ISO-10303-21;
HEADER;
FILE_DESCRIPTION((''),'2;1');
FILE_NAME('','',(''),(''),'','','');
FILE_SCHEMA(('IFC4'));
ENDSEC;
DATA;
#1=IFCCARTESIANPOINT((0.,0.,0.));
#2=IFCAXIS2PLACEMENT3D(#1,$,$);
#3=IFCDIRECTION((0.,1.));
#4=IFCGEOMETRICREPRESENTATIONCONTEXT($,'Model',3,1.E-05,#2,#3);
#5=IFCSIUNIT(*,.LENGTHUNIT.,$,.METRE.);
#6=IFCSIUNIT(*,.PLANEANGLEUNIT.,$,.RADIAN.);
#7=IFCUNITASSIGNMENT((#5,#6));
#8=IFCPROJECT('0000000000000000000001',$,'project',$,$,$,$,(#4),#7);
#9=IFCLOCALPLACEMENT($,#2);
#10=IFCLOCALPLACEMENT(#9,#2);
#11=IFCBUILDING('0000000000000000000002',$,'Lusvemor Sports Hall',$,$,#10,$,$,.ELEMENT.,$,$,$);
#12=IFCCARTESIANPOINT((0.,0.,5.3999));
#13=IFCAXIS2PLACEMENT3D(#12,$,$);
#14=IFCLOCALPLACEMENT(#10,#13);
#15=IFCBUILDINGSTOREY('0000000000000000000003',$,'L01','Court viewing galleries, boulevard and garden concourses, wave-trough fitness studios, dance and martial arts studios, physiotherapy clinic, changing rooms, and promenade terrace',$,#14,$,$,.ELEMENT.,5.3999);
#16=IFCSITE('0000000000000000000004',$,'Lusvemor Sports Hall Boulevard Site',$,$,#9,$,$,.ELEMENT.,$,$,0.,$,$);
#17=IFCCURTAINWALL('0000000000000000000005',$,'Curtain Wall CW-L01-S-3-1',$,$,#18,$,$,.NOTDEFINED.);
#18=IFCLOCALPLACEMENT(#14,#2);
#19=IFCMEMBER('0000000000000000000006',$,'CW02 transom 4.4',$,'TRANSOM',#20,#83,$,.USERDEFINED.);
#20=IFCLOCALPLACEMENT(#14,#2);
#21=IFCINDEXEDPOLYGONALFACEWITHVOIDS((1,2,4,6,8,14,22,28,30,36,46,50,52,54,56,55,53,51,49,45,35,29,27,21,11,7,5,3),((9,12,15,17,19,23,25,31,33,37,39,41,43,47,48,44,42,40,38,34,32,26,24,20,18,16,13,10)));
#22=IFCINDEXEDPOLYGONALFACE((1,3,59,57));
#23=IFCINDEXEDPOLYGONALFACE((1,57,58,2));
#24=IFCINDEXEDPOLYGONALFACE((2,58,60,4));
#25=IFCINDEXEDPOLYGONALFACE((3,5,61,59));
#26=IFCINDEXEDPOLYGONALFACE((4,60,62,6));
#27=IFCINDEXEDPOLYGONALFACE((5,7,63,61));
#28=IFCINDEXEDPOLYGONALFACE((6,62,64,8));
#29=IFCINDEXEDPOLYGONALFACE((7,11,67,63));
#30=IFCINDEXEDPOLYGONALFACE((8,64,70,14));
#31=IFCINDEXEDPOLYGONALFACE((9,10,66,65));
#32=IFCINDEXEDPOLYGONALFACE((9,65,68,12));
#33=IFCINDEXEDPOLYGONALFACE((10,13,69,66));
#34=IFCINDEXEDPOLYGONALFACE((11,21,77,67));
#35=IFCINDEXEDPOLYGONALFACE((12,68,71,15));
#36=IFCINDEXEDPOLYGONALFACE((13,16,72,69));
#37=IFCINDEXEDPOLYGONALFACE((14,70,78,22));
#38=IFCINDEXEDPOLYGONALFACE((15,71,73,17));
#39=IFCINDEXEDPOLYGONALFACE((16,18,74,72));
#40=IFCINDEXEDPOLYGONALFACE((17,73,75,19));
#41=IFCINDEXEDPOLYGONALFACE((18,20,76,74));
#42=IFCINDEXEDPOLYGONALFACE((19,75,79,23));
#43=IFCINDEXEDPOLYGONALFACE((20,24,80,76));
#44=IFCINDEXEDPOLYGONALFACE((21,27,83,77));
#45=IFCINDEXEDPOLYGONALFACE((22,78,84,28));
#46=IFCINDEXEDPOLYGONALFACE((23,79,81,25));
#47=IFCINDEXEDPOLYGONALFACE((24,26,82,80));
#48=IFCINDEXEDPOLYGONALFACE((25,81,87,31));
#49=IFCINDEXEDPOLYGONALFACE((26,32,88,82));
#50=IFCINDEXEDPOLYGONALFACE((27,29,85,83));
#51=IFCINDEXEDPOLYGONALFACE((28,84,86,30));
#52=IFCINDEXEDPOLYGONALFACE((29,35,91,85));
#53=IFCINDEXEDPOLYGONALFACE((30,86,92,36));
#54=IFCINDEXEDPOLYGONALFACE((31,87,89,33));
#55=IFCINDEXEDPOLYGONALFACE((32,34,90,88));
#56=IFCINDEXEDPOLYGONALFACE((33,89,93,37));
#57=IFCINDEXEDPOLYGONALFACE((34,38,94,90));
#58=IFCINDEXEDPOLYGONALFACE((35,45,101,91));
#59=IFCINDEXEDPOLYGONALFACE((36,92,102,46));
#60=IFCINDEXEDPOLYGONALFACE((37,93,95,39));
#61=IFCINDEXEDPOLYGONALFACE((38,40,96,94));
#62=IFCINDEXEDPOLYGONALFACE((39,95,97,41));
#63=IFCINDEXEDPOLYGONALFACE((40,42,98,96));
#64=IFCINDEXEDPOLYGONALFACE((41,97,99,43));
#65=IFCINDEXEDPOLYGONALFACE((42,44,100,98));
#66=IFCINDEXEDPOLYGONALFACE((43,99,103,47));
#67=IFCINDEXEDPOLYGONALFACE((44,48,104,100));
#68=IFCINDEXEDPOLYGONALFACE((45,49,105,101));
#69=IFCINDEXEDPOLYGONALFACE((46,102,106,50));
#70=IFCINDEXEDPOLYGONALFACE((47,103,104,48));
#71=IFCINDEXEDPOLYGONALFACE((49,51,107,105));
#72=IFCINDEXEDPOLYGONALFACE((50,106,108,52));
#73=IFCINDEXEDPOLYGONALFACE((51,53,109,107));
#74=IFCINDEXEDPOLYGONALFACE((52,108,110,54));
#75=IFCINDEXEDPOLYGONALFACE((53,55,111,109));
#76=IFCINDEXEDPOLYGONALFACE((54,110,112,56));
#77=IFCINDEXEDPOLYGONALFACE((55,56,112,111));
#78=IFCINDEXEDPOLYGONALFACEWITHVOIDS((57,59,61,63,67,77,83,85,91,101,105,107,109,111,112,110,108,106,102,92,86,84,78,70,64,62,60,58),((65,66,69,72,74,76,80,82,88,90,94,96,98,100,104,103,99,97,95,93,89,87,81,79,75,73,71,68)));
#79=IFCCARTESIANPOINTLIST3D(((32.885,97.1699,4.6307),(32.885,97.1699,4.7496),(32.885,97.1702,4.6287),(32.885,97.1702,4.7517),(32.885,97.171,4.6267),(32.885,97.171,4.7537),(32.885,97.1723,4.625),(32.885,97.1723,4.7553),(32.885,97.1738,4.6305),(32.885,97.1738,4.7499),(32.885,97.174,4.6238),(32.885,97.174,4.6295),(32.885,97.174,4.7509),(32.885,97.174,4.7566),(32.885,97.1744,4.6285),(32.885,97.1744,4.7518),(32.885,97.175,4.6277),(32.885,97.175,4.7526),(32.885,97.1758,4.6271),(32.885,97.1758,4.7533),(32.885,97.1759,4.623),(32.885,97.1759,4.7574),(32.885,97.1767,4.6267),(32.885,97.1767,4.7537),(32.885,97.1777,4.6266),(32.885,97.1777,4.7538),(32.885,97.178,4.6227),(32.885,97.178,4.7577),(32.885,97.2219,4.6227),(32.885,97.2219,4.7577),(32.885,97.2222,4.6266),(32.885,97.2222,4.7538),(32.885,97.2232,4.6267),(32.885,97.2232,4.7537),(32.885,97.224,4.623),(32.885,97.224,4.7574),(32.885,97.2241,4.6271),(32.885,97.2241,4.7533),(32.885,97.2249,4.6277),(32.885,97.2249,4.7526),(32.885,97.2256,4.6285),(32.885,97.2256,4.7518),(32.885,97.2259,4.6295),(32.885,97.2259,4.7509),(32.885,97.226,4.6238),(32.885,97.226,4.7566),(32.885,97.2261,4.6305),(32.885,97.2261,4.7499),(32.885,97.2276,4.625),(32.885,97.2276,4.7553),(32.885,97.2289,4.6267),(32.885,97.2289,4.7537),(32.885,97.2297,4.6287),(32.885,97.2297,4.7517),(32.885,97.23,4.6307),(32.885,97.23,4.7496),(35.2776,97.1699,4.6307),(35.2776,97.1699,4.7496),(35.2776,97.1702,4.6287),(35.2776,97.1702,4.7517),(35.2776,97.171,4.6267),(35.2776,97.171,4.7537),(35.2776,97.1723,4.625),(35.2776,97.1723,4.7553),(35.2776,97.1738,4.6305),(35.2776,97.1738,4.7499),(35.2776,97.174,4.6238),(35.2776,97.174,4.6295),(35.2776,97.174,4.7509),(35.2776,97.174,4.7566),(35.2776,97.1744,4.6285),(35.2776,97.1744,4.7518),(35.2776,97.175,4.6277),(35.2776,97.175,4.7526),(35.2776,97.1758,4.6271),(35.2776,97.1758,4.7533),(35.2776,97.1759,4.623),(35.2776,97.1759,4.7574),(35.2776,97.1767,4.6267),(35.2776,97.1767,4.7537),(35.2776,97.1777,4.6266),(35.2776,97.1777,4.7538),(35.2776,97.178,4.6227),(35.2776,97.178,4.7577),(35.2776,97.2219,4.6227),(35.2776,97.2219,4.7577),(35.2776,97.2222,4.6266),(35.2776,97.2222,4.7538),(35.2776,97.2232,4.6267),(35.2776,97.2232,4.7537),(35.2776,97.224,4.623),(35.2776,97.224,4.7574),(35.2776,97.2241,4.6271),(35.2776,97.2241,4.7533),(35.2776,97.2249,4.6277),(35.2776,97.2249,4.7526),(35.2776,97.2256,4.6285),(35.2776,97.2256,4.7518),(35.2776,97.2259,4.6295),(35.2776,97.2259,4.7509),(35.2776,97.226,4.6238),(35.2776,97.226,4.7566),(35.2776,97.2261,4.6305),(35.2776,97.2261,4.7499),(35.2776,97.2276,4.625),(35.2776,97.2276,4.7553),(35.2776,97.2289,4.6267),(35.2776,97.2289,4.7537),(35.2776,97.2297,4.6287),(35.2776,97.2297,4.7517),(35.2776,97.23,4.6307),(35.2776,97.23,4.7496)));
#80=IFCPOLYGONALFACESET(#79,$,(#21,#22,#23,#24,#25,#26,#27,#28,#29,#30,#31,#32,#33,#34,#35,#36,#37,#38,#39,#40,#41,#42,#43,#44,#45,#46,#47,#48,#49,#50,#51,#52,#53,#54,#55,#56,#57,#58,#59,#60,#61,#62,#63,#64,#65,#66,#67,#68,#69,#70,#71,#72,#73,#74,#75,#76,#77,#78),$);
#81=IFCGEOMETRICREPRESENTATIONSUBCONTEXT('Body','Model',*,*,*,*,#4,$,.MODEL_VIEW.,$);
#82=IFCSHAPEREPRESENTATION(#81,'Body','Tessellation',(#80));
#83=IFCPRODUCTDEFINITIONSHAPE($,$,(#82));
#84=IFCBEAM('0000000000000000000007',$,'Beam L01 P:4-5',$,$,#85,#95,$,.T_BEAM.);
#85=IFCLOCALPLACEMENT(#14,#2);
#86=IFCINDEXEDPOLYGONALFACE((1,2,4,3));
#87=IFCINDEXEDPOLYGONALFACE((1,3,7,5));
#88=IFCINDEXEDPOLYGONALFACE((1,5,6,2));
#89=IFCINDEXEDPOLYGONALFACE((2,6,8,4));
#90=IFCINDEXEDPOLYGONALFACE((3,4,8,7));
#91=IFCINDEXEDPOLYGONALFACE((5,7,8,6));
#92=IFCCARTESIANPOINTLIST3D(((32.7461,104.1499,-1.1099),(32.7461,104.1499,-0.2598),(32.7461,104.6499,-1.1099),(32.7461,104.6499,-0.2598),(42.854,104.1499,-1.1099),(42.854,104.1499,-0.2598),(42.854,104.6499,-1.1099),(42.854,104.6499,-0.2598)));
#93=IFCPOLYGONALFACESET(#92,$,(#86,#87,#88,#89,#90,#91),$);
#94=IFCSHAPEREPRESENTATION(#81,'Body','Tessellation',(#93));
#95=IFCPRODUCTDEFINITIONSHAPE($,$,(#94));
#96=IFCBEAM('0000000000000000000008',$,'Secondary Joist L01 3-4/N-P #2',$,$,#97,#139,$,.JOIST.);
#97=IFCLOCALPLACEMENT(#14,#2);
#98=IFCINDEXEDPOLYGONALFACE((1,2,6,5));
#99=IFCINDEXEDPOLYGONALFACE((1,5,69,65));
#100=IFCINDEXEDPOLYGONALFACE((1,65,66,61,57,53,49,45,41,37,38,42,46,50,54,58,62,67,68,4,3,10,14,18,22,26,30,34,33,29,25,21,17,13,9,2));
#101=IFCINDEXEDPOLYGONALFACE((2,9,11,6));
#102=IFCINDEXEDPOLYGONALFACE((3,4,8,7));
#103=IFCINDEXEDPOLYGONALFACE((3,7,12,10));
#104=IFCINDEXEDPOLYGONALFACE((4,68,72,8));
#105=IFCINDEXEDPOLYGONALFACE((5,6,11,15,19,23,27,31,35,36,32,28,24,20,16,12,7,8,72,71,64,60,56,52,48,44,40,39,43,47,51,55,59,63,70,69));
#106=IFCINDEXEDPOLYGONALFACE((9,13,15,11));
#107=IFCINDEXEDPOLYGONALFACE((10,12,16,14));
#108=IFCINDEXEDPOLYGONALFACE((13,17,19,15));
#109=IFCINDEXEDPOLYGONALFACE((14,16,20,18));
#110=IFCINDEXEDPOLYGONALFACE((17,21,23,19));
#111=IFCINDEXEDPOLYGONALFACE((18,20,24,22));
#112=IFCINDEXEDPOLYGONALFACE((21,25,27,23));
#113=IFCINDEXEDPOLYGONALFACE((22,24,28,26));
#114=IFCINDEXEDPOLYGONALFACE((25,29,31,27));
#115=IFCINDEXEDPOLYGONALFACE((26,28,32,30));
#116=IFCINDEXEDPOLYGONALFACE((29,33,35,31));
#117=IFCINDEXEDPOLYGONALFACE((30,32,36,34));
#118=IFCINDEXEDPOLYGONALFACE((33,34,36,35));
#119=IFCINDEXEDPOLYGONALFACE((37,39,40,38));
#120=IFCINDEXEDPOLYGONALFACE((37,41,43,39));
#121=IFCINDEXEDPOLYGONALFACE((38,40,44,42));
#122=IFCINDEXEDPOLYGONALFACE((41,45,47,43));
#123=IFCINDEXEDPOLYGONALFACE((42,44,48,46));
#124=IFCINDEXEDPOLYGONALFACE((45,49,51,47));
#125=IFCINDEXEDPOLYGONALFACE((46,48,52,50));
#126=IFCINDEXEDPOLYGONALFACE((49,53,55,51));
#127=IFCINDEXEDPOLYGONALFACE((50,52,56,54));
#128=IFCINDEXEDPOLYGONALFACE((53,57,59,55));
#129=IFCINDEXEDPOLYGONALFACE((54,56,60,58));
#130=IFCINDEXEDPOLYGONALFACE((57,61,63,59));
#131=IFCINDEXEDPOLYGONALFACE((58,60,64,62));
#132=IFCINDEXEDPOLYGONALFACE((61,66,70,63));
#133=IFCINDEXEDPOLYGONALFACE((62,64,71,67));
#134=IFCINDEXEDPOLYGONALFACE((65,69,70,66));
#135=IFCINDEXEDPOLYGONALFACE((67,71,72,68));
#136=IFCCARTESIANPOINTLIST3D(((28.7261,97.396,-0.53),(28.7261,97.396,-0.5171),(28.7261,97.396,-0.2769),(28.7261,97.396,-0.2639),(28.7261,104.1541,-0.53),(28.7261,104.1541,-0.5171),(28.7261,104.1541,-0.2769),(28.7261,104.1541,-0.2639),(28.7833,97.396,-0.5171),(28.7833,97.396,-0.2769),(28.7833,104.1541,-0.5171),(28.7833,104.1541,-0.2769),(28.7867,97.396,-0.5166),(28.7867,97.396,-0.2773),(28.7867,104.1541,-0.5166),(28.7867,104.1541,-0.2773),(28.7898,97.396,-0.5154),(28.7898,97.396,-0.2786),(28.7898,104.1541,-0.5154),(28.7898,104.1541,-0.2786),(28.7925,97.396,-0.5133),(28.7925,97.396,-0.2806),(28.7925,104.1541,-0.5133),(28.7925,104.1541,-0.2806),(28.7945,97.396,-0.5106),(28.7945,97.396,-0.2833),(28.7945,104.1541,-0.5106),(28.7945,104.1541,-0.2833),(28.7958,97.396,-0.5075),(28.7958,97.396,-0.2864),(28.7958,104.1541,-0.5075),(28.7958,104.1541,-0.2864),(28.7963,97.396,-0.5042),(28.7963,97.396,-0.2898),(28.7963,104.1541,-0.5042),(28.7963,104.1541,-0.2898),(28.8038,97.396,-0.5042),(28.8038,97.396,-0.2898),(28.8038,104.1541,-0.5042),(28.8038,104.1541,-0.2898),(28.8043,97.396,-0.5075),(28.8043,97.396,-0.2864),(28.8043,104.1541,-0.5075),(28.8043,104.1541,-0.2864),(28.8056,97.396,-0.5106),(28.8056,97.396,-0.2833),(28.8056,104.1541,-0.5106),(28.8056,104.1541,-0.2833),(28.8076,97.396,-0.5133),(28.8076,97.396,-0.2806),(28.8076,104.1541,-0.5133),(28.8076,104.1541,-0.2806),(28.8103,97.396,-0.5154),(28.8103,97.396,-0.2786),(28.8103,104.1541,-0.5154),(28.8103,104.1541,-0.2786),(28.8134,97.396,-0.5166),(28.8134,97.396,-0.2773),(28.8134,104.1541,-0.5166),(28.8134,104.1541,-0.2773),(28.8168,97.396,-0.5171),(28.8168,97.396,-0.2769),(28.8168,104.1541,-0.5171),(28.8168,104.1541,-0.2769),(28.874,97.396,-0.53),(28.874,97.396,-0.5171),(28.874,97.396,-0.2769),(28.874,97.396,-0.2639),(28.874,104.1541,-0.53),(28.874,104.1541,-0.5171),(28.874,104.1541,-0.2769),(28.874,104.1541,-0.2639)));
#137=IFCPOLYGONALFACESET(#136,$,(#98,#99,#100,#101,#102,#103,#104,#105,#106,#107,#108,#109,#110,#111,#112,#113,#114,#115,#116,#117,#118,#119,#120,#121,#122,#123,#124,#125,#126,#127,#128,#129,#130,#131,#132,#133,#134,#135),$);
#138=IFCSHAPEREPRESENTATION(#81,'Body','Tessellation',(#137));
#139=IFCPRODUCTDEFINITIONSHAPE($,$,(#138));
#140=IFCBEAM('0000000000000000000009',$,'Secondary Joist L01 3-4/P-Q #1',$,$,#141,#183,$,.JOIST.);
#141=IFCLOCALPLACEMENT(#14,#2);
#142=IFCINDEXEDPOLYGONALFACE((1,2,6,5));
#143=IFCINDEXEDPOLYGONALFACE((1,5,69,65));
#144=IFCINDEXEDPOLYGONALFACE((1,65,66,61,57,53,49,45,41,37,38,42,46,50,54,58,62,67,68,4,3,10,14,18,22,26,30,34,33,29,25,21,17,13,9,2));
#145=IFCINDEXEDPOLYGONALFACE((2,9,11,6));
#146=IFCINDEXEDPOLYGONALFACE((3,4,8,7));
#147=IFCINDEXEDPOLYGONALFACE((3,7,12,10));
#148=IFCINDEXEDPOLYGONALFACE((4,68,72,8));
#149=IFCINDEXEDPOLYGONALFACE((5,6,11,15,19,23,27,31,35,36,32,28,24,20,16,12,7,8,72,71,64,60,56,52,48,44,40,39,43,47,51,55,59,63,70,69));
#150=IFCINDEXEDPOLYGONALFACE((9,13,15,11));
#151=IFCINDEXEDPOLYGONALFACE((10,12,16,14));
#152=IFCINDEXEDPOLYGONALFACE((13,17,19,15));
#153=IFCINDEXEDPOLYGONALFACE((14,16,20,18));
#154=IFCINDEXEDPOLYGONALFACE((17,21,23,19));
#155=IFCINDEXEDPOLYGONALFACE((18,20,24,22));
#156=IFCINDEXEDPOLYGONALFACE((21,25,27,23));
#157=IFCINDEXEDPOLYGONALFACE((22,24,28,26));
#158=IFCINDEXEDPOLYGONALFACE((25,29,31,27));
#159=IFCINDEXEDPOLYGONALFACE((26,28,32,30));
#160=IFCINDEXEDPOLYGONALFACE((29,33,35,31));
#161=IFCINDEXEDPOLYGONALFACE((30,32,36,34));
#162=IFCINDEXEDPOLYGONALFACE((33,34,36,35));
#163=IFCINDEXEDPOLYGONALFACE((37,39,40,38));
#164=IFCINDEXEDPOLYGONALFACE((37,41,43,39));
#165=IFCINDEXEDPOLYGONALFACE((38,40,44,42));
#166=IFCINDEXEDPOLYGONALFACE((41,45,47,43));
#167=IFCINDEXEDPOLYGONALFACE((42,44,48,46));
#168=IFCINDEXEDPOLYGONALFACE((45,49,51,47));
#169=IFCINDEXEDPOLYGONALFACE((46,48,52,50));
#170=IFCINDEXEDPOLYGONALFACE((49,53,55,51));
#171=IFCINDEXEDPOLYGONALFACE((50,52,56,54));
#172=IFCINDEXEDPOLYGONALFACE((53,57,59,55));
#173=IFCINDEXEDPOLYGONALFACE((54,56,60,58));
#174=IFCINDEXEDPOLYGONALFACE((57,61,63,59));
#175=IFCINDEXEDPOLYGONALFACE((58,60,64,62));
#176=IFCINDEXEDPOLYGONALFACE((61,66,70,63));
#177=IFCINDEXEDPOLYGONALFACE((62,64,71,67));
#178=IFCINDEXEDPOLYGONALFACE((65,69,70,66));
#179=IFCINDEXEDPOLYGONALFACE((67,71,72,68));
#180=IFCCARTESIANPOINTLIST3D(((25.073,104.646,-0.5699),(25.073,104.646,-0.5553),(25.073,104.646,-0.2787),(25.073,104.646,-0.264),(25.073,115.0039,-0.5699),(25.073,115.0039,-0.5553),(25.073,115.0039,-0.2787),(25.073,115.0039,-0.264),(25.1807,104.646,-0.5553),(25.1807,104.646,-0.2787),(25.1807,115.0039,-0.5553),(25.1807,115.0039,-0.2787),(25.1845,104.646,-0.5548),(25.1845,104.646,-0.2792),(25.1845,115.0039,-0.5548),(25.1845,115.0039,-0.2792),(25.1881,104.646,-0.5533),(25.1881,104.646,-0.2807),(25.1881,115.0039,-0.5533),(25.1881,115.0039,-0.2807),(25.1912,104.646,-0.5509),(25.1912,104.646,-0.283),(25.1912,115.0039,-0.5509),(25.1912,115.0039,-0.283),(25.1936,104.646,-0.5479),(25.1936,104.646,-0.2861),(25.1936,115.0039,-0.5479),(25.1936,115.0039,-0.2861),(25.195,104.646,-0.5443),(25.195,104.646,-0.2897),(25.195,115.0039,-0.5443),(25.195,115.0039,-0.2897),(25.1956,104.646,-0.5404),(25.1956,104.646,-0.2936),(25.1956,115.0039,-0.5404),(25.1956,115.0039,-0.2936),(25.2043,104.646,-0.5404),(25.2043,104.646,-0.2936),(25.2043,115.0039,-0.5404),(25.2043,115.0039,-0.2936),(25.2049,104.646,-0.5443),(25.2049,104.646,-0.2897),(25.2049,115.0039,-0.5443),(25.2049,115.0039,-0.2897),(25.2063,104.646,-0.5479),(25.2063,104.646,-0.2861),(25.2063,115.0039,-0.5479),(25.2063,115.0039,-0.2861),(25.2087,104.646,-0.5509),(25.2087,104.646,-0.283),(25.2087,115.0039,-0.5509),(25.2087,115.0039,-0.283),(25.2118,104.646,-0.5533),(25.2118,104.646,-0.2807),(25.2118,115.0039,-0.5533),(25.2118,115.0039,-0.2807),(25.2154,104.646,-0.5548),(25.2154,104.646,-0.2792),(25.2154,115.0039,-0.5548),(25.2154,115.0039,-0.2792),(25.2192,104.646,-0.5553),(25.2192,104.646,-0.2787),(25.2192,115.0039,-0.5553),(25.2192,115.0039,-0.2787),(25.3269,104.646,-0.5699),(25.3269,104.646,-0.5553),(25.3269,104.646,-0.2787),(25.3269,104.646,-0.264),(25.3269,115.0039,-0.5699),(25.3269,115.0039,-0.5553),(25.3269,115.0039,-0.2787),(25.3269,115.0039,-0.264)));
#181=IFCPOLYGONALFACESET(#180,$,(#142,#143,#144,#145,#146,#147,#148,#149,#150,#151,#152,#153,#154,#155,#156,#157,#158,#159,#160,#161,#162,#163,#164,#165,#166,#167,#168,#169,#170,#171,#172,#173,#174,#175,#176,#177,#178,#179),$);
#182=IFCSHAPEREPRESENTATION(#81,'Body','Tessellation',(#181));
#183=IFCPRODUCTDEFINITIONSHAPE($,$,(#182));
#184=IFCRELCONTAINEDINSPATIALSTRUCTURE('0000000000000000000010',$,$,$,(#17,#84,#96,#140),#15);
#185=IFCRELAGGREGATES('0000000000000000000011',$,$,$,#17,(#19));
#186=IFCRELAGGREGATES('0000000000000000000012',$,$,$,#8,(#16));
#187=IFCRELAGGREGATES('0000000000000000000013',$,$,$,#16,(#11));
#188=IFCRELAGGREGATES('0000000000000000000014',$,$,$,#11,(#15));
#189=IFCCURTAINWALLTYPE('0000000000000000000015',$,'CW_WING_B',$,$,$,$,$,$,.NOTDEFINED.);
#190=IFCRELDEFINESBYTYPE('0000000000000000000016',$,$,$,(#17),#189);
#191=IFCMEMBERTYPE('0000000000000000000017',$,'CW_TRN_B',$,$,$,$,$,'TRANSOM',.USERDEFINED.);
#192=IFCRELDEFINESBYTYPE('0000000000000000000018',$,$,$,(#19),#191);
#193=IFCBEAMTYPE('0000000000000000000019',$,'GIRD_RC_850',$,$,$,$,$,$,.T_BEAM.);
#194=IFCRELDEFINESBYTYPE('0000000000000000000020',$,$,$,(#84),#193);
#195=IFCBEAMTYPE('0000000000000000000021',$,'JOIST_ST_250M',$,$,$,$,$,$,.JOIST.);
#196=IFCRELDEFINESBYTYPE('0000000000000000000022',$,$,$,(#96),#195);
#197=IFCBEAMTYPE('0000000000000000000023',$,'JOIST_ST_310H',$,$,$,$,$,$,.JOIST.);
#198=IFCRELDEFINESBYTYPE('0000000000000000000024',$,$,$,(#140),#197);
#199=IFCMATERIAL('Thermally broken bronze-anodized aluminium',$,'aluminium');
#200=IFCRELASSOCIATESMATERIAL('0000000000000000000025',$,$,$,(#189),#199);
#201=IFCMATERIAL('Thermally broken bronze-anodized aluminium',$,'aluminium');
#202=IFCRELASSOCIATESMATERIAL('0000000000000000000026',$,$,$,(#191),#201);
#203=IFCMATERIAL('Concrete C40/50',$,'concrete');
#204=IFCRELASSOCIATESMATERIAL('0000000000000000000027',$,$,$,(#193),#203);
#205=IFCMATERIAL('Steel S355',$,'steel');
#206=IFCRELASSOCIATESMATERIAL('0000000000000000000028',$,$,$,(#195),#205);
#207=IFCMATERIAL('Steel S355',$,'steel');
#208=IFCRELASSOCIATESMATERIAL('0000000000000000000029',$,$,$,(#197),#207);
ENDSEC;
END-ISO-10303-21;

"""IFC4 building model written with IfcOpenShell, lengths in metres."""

from ifc_helpers import new_model, si_unit, direction, frame, origin, origin_2d, place, context, subcontext, project, spatial, rectangle, hollow_rectangle, i_section, extrude, material, material_profile, profile_set, type_object, element, aggregate, save


model = new_model("IFC4")

# Units and contexts
model_context = context("Model", 3, precision=1e-05, world=origin(), true_north=direction((0.0, 1.0)))
body_context = subcontext(model_context, "Body", "Model", "MODEL_VIEW")
ifc_project = project(units=[si_unit("LENGTHUNIT", "METRE"), si_unit("PLANEANGLEUNIT", "RADIAN")], contexts=[model_context])

# Site, building, storey
site_placement = place(None, origin())
site = spatial("IfcSite", under=ifc_project, at=site_placement, Name="Lusvemor Sports Hall Boulevard Site", CompositionType="ELEMENT", RefElevation=0.0)
building_placement = place(site_placement, origin())
building = spatial("IfcBuilding", under=site, at=building_placement, Name="Lusvemor Sports Hall", CompositionType="ELEMENT")
storey_placement = place(building_placement, frame((0.0, 0.0, 5.3999)))
storey = spatial("IfcBuildingStorey", under=building, at=storey_placement, Name="L01", Description="Court viewing galleries, boulevard and garden concourses, wave-trough fitness studios, dance and martial arts studios, physiotherapy clinic, changing rooms, and promenade terrace", CompositionType="ELEMENT", Elevation=5.3999)

# Shared definitions
ifc_material_1 = material(Name="Thermally broken bronze-anodized aluminium", Category="aluminium")
curtain_wall_type = type_object("IfcCurtainWallType", Name="CW_WING_B", PredefinedType="NOTDEFINED", material=ifc_material_1)

# Curtain wall
curtain_wall_1_placement = place(storey_placement, origin())
curtain_wall_1 = element("IfcCurtainWall", 1, at=curtain_wall_1_placement, inside=storey, type_object=curtain_wall_type, Name="Curtain Wall CW-L01-S-3-1", PredefinedType="NOTDEFINED")

# Member
ifc_material_2 = material(Name="Thermally broken bronze-anodized aluminium", Category="aluminium")
ifc_material_profile_1 = material_profile(ifc_material_2, hollow_rectangle(XDim=0.0601, YDim=0.135, WallThickness=0.0039, InnerFilletRadius=0.0039, OuterFilletRadius=0.0081, at=origin_2d()), Name="CWTRN135x60x4")
ifc_profile_set_1 = profile_set([ifc_material_profile_1], Name="Thermally broken bronze-anodized aluminium")
member_type_1 = type_object("IfcMemberType", Name="CW_TRN_B", ElementType="TRANSOM", PredefinedType="USERDEFINED", material=ifc_profile_set_1)
member_1_placement = place(storey_placement, frame((35.2776, 97.2, 4.6902), z_axis=(-1.0, 0.0, 0.0), x_axis=(0.0, -1.0, 0.0)))
member_1 = element("IfcMember", 2, at=member_1_placement, type_object=member_type_1, Name="CW02 transom 4.4", ObjectType="TRANSOM", PredefinedType="USERDEFINED", context=body_context, shape_type="SweptSolid", body=[
    extrude(hollow_rectangle(XDim=0.0601, YDim=0.135, WallThickness=0.0039, InnerFilletRadius=0.0039, OuterFilletRadius=0.0081, at=origin_2d()), origin(), (0.0, 0.0, 1.0), 2.3926),
])

# Beams
ifc_material_3 = material(Name="Concrete C40/50", Category="concrete")
ifc_material_profile_2 = material_profile(ifc_material_3, rectangle(XDim=0.5, YDim=0.8501, at=origin_2d()), Name="RC500x850")
ifc_profile_set_2 = profile_set([ifc_material_profile_2], Name="Concrete C40/50")
beam_type_1 = type_object("IfcBeamType", Name="GIRD_RC_850", PredefinedType="T_BEAM", material=ifc_profile_set_2)
beam_1_placement = place(storey_placement, frame((32.7461, 104.3999, -0.6848), z_axis=(1.0, 0.0, 0.0), x_axis=(0.0, 1.0, 0.0)))
element("IfcBeam", 3, at=beam_1_placement, inside=storey, type_object=beam_type_1, Name="Beam L01 P:4-5", PredefinedType="T_BEAM", context=body_context, shape_type="SweptSolid", body=[
    extrude(rectangle(XDim=0.5, YDim=0.8501, at=origin_2d()), origin(), (0.0, 0.0, 1.0), 10.1079),
])
ifc_material_4 = material(Name="Steel S355", Category="steel")
ifc_material_profile_3 = material_profile(ifc_material_4, i_section(OverallWidth=0.1479, OverallDepth=0.2661, WebThickness=0.0076, FlangeThickness=0.0129, FilletRadius=0.0129, at=origin_2d()), Name="W250x44.8")
ifc_profile_set_3 = profile_set([ifc_material_profile_3], Name="Steel S355")
beam_type_2 = type_object("IfcBeamType", Name="JOIST_ST_250M", PredefinedType="JOIST", material=ifc_profile_set_3)
beam_2_placement = place(storey_placement, frame((28.8, 97.396, -0.397), z_axis=(0.0, 1.0, 0.0), x_axis=(-1.0, 0.0, 0.0)))
element("IfcBeam", 4, at=beam_2_placement, inside=storey, type_object=beam_type_2, Name="Secondary Joist L01 3-4/N-P #2", PredefinedType="JOIST", context=body_context, shape_type="SweptSolid", body=[
    extrude(i_section(OverallWidth=0.1479, OverallDepth=0.2661, WebThickness=0.0076, FlangeThickness=0.0129, FilletRadius=0.0129, at=origin_2d()), origin(), (0.0, 0.0, 1.0), 6.7581),
])
ifc_material_5 = material(Name="Steel S355", Category="steel")
ifc_material_profile_4 = material_profile(ifc_material_5, i_section(OverallWidth=0.2539, OverallDepth=0.3059, WebThickness=0.0088, FlangeThickness=0.0146, FilletRadius=0.0149, at=origin_2d()), Name="W310x79.0")
ifc_profile_set_4 = profile_set([ifc_material_profile_4], Name="Steel S355")
beam_type_3 = type_object("IfcBeamType", Name="JOIST_ST_310H", PredefinedType="JOIST", material=ifc_profile_set_4)
for number, where, z_axis, x_axis, name in (
    (5, (25.2, 104.646, -0.417), (0.0, 1.0, 0.0), (-1.0, 0.0, 0.0), "Secondary Joist L01 3-4/P-Q #1"),
):
    element("IfcBeam", number, at=place(storey_placement, frame(where, z_axis=z_axis, x_axis=x_axis)), inside=storey, type_object=beam_type_3, Name=name, PredefinedType="JOIST", context=body_context, shape_type="SweptSolid", body=[
        extrude(i_section(OverallWidth=0.2539, OverallDepth=0.3059, WebThickness=0.0088, FlangeThickness=0.0146, FilletRadius=0.0149, at=origin_2d()), origin(), (0.0, 0.0, 1.0), 10.3579),
    ])

aggregate(curtain_wall_1, [member_1])

save(model, "model.ifc")
